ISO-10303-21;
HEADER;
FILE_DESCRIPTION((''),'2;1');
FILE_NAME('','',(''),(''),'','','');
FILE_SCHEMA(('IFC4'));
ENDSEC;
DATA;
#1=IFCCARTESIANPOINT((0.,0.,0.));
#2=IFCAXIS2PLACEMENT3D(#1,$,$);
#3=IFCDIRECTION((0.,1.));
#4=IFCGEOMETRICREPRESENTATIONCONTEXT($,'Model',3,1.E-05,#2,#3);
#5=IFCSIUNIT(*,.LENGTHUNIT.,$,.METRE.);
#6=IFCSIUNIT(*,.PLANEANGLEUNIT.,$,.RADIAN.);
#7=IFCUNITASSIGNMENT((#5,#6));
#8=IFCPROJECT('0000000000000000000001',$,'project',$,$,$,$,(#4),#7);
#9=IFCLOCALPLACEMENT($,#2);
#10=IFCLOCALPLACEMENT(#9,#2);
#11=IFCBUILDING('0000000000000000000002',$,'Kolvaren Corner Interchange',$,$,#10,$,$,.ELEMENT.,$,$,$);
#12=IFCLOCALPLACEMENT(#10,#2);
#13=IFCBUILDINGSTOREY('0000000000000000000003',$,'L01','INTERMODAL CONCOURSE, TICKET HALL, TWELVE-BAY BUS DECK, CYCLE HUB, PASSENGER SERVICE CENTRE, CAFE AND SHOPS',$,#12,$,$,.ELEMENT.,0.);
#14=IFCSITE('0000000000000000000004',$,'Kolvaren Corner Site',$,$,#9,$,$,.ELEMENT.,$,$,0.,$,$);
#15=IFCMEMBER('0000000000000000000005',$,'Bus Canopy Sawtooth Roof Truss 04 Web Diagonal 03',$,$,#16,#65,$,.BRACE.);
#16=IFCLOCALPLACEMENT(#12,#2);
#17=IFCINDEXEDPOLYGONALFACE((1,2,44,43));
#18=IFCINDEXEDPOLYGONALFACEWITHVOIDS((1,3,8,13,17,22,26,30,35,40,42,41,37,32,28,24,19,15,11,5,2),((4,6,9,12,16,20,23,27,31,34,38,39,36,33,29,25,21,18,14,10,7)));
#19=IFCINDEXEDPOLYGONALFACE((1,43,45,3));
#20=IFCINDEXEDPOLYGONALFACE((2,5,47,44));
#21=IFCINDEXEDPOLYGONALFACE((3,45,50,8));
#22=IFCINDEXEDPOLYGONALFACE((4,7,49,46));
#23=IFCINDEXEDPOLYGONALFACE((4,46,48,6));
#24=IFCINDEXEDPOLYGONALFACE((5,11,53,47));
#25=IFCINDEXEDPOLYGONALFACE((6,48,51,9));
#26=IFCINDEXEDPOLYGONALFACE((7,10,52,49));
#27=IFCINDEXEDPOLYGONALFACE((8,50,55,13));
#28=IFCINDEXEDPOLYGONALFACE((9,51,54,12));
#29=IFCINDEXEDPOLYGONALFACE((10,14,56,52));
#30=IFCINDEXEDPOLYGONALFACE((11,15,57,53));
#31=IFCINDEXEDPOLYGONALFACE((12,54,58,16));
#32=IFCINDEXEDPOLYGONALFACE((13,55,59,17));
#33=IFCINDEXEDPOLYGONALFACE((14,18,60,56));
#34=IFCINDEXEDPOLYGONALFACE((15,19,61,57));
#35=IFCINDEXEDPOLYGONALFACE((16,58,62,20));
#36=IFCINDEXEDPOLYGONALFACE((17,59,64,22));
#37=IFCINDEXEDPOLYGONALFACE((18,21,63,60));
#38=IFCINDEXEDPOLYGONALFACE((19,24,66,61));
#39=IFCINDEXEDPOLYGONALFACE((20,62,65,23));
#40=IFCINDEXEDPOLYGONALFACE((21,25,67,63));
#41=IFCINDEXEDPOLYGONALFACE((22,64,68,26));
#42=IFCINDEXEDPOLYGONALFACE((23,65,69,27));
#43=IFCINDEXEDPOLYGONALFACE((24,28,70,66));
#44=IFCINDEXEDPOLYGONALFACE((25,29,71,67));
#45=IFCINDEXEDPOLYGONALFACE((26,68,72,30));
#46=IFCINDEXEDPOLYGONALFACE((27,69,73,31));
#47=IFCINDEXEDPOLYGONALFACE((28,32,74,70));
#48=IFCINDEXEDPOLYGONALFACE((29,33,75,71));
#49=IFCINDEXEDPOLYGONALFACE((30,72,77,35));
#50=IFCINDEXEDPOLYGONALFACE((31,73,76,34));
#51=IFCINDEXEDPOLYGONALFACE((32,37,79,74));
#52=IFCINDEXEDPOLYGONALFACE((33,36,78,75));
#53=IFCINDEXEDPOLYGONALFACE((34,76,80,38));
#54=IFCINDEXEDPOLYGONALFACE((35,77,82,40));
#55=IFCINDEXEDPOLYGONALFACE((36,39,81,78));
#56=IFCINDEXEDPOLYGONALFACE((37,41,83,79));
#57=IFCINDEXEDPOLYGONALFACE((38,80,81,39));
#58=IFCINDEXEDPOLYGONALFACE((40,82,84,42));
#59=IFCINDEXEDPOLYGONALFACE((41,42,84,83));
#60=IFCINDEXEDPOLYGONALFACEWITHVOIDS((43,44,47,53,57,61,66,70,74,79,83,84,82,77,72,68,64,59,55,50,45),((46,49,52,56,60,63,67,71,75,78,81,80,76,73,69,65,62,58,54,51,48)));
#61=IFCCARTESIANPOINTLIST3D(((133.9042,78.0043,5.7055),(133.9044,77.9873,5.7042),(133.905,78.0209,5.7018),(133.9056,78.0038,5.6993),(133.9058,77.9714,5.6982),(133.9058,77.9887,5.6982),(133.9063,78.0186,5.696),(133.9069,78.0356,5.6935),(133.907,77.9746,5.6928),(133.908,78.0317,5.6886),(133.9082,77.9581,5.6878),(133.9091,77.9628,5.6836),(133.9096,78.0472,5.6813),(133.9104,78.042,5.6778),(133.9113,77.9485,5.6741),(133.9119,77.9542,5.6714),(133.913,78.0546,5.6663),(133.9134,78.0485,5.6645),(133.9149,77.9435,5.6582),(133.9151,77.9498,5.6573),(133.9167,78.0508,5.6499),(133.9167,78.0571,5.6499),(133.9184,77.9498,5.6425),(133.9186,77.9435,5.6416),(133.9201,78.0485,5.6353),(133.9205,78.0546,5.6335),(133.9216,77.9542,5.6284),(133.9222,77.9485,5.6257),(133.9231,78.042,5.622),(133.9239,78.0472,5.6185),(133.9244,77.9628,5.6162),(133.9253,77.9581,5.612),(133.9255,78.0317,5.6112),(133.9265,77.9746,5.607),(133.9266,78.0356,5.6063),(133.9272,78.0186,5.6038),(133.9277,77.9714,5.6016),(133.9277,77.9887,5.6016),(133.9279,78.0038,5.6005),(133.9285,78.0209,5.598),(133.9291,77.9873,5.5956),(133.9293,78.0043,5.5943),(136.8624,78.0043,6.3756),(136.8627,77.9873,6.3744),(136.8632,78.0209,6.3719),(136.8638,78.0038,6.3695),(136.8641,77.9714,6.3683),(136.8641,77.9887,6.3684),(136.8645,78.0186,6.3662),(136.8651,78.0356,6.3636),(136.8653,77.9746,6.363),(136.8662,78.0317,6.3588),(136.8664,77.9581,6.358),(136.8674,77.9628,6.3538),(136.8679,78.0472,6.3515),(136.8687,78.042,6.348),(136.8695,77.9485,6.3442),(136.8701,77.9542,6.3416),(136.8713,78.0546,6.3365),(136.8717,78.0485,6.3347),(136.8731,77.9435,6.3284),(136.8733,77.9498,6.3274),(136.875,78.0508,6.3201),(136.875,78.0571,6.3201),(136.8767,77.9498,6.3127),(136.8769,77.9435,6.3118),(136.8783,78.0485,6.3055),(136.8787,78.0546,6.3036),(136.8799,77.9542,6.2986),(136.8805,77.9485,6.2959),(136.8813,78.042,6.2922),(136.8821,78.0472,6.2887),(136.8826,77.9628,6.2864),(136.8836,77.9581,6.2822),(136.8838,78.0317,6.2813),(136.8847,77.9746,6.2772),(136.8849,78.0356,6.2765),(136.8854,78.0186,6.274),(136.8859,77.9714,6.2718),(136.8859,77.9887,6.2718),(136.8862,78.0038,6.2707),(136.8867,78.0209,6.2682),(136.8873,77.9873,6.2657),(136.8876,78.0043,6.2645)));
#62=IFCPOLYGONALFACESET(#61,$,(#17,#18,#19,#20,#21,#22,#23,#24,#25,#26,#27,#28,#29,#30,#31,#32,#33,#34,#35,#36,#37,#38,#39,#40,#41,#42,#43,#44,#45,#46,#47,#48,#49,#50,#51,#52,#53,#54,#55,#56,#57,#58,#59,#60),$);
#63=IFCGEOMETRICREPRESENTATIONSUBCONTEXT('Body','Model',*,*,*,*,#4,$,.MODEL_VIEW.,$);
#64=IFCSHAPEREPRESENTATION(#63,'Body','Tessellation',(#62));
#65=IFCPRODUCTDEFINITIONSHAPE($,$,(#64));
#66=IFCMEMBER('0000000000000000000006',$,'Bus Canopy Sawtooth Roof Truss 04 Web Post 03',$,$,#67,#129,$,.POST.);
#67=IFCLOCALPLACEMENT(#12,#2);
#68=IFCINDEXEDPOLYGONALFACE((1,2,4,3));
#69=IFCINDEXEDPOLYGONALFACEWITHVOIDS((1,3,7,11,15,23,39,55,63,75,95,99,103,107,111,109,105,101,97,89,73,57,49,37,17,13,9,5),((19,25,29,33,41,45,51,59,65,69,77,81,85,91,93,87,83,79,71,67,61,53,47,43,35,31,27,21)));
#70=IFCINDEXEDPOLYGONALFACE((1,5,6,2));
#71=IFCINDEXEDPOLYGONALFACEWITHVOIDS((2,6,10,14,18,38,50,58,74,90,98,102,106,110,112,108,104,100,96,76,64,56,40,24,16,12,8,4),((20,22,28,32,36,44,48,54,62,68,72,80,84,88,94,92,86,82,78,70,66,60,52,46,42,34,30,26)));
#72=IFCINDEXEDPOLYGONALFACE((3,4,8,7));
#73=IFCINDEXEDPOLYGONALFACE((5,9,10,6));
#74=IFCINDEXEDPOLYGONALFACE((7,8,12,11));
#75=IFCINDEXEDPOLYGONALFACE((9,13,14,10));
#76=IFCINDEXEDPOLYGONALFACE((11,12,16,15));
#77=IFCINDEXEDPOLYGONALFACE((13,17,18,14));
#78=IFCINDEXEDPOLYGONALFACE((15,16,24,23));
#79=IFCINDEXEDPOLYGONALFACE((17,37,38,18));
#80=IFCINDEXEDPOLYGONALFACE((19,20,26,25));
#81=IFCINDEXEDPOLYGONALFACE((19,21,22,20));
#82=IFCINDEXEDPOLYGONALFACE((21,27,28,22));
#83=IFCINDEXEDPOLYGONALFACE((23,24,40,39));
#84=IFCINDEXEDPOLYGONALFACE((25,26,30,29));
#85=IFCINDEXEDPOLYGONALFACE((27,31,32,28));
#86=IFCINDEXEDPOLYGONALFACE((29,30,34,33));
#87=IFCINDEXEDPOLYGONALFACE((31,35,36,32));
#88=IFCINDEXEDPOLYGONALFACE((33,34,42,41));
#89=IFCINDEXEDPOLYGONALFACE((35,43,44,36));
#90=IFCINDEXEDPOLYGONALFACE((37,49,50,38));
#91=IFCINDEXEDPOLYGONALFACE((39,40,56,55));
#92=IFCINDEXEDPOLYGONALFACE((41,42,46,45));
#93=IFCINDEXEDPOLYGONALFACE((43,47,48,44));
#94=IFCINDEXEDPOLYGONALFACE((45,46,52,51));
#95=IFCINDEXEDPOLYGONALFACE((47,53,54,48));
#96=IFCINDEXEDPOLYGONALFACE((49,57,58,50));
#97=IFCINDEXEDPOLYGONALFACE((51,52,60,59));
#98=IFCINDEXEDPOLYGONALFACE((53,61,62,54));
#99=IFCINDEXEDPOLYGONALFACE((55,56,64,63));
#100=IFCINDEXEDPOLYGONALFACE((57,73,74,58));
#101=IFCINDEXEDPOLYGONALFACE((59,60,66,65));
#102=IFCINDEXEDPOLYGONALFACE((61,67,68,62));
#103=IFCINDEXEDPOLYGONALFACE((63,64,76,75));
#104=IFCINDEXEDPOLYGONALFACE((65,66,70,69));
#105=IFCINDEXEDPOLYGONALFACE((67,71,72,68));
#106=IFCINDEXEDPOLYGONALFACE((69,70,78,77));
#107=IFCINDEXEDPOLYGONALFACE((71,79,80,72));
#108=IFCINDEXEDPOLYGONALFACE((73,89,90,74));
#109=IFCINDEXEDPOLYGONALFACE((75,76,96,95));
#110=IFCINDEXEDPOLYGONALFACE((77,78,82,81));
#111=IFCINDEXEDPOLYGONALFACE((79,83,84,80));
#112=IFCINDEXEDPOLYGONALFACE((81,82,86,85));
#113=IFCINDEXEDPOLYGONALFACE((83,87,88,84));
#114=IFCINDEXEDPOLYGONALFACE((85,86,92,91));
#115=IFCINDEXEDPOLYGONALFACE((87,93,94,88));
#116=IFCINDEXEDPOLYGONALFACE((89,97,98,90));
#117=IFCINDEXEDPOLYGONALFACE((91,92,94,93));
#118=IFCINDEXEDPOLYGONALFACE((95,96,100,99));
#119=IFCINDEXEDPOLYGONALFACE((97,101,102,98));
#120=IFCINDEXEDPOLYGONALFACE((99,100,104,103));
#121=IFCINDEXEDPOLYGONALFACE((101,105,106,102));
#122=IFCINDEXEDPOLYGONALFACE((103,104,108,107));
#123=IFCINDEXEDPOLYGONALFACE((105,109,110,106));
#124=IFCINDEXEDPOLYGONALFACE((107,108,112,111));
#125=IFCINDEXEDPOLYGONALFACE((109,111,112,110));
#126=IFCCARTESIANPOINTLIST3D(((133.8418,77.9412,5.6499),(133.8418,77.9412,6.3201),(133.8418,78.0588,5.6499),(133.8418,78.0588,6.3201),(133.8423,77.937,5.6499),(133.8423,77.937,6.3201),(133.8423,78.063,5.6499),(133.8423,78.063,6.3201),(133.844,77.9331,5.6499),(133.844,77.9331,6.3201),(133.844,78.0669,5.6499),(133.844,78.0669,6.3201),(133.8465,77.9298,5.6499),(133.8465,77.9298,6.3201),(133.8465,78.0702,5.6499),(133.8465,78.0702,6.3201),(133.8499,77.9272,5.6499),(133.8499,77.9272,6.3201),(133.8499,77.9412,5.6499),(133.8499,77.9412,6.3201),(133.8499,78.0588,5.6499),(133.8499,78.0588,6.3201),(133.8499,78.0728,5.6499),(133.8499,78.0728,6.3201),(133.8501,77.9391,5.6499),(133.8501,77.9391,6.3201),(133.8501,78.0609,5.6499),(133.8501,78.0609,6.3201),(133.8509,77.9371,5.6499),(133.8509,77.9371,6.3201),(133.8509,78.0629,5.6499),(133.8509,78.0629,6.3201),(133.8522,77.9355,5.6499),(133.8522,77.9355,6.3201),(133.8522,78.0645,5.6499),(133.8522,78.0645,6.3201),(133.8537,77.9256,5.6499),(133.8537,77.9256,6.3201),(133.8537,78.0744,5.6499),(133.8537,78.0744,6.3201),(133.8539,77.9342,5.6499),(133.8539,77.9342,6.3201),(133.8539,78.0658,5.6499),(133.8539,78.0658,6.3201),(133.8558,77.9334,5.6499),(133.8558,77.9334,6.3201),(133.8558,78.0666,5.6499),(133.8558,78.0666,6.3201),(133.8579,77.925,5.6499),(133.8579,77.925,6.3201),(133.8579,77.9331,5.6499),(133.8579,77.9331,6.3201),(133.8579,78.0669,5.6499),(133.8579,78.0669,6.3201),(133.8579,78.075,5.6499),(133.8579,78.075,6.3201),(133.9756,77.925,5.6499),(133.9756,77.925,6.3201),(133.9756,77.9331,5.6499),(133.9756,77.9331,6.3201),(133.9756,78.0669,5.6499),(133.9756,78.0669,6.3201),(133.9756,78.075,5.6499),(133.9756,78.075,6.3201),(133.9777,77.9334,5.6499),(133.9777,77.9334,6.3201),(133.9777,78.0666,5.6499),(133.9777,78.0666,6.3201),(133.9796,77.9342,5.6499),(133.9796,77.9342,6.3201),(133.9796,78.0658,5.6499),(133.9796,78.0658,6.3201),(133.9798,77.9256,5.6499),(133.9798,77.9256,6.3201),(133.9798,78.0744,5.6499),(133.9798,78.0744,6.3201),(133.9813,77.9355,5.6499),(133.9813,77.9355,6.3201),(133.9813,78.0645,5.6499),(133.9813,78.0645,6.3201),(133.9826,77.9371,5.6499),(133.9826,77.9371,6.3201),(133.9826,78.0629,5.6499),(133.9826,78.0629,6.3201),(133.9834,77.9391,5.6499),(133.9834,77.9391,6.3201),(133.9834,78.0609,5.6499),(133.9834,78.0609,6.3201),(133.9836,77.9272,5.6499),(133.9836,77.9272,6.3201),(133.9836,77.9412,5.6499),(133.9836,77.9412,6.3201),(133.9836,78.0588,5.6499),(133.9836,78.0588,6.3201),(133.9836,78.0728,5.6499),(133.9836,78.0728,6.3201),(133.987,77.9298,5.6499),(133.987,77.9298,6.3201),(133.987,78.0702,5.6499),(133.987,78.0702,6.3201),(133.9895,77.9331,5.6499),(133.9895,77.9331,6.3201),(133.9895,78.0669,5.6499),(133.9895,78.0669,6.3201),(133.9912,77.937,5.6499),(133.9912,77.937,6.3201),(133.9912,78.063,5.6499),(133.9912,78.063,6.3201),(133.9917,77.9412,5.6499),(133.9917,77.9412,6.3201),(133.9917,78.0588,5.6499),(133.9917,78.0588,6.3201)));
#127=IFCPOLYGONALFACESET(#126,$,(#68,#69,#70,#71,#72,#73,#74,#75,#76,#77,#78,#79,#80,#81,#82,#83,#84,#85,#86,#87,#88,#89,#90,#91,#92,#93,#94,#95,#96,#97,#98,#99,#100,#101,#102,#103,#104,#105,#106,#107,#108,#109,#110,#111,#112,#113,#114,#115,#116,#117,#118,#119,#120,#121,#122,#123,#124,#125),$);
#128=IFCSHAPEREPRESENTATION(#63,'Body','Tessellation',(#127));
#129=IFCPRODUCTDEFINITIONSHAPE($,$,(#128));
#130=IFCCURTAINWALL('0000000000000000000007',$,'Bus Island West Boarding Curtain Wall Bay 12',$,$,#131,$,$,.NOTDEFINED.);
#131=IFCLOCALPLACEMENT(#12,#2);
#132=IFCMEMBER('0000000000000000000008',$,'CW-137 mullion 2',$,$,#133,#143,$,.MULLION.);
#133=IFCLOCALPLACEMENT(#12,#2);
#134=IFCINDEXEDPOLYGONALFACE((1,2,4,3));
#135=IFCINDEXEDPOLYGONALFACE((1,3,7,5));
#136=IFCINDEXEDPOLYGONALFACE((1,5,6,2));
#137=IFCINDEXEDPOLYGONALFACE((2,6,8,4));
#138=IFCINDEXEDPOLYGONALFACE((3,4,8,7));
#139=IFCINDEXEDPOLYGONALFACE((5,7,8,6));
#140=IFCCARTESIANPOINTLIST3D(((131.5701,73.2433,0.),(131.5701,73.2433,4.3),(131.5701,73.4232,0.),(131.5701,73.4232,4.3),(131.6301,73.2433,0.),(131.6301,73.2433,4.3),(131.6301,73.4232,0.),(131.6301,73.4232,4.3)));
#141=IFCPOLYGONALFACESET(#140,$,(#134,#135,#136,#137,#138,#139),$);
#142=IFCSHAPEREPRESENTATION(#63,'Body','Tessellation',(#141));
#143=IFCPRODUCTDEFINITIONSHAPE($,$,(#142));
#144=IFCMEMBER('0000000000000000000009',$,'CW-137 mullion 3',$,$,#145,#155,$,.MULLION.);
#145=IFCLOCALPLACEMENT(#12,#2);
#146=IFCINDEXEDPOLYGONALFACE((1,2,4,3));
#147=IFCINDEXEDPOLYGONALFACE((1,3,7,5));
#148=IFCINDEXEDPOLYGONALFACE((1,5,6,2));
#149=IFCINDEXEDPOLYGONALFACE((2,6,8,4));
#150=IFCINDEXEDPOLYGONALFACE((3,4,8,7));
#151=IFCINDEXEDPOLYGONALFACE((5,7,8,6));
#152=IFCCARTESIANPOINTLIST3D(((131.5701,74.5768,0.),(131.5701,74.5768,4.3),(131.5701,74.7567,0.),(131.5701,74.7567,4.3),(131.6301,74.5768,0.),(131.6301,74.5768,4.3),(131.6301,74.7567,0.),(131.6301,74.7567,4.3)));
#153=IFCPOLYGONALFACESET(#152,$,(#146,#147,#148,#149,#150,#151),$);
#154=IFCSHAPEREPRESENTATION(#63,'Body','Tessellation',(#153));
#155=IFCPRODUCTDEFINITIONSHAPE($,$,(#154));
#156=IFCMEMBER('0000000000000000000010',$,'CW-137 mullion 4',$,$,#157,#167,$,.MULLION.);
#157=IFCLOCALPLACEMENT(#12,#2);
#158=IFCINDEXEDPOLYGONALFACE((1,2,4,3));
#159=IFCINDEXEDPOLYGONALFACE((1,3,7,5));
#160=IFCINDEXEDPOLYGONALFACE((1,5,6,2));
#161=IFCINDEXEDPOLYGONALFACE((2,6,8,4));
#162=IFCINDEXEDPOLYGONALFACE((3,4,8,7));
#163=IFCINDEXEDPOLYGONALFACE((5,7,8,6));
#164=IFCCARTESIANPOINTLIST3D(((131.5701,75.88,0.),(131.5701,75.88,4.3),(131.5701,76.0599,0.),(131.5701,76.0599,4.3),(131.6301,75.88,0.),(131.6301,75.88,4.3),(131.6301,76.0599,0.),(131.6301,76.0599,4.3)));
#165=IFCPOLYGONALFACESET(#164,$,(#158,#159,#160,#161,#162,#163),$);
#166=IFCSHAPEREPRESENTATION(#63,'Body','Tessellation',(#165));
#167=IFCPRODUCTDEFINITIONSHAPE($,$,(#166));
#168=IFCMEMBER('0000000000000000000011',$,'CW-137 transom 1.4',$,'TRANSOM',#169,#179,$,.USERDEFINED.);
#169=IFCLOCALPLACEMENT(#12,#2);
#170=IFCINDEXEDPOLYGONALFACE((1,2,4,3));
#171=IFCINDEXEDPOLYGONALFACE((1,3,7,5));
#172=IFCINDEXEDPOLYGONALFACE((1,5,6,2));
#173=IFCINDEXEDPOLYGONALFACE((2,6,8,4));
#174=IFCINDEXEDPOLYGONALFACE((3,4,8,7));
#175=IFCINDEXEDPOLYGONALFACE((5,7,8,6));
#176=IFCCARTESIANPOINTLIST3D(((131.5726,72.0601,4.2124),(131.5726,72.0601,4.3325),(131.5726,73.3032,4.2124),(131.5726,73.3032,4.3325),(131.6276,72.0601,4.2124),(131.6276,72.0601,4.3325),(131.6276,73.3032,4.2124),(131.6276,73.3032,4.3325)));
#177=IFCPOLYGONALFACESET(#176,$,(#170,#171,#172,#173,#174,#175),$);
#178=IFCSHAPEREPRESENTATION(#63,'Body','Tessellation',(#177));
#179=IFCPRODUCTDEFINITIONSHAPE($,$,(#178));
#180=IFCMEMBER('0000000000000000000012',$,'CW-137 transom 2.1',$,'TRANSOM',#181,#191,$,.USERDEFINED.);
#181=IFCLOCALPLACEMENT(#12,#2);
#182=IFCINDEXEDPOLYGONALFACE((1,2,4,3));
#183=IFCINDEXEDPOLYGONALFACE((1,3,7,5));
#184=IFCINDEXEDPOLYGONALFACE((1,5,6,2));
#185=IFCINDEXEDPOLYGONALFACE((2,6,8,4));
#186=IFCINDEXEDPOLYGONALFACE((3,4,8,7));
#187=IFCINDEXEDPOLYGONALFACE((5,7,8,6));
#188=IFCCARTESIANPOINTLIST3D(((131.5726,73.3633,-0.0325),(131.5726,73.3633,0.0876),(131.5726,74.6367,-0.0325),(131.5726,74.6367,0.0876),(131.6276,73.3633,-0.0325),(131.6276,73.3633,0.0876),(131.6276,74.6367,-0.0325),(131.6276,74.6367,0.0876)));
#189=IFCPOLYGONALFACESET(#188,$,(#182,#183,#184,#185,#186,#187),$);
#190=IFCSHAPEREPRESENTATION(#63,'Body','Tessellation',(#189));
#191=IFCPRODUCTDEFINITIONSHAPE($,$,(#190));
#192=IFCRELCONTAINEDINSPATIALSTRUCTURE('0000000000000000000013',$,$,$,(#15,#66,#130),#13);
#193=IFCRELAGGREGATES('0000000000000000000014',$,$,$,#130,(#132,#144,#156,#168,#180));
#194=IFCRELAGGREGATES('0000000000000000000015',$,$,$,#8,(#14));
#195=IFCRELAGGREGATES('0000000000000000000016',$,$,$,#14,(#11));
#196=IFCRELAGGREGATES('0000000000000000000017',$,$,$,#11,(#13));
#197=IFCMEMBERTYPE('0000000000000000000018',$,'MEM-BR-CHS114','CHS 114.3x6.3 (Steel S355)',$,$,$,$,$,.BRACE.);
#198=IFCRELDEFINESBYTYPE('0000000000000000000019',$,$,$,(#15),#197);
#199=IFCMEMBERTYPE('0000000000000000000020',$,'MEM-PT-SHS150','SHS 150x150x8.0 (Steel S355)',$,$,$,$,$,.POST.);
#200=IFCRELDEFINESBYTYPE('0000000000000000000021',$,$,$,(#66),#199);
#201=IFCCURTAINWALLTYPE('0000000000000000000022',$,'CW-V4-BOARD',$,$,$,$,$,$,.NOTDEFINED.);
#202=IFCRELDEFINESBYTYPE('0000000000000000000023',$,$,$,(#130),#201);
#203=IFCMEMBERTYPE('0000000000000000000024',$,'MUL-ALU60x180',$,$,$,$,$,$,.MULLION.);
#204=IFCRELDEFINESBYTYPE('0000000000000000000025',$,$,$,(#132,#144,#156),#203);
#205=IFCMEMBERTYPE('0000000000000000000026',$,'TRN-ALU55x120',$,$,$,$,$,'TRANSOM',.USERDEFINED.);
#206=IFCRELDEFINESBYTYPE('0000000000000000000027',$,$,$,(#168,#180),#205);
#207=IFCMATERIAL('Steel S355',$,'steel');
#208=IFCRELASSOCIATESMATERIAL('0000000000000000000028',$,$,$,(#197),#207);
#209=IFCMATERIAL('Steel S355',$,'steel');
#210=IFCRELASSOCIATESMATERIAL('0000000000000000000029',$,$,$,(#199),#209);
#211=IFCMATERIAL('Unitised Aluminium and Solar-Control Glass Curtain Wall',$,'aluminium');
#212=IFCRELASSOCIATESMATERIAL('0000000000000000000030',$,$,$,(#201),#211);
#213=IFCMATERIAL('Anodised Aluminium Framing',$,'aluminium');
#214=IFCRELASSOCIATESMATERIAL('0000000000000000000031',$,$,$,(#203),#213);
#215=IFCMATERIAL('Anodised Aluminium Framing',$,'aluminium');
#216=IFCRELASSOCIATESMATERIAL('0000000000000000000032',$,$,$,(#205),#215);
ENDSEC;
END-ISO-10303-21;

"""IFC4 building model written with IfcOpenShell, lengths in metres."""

from ifc_helpers import new_model, si_unit, direction, frame, origin, origin_2d, place, context, subcontext, project, spatial, rectangle, hollow_rectangle, hollow_circle, extrude, material, material_profile, profile_set, type_object, element, aggregate, save


model = new_model("IFC4")

# Units and contexts
model_context = context("Model", 3, precision=1e-05, world=origin(), true_north=direction((0.0, 1.0)))
body_context = subcontext(model_context, "Body", "Model", "MODEL_VIEW")
ifc_project = project(units=[si_unit("LENGTHUNIT", "METRE"), si_unit("PLANEANGLEUNIT", "RADIAN")], contexts=[model_context])

# Site, building, storey
site_placement = place(None, origin())
site = spatial("IfcSite", under=ifc_project, at=site_placement, Name="Kolvaren Corner Site", CompositionType="ELEMENT", RefElevation=0.0)
building_placement = place(site_placement, origin())
building = spatial("IfcBuilding", under=site, at=building_placement, Name="Kolvaren Corner Interchange", CompositionType="ELEMENT")
storey_placement = place(building_placement, origin())
storey = spatial("IfcBuildingStorey", under=building, at=storey_placement, Name="L01", Description="INTERMODAL CONCOURSE, TICKET HALL, TWELVE-BAY BUS DECK, CYCLE HUB, PASSENGER SERVICE CENTRE, CAFE AND SHOPS", CompositionType="ELEMENT", Elevation=0.0)

# Members
ifc_material_1 = material(Name="Steel S355", Category="steel")
ifc_material_profile_1 = material_profile(ifc_material_1, hollow_circle(Radius=0.0571, WallThickness=0.0063, at=origin_2d()), Name="CHS 114.3x6.3")
ifc_profile_set_1 = profile_set([ifc_material_profile_1], Name="Steel S355")
member_type_1 = type_object("IfcMemberType", Name="MEM-BR-CHS114", Description="CHS 114.3x6.3 (Steel S355)", PredefinedType="BRACE", material=ifc_profile_set_1)
member_1_placement = place(storey_placement, frame((133.9167, 78.0, 5.6499), z_axis=(0.975287, 0.0, 0.220943), x_axis=(0.0, 1.0, 0.0)))
element("IfcMember", 1, at=member_1_placement, inside=storey, type_object=member_type_1, Name="Bus Canopy Sawtooth Roof Truss 04 Web Diagonal 03", PredefinedType="BRACE", context=body_context, shape_type="SweptSolid", body=[
    extrude(hollow_circle(Radius=0.0571, WallThickness=0.0063, at=origin_2d()), origin(), (0.0, 0.0, 1.0), 3.0332),
])
ifc_material_2 = material(Name="Steel S355", Category="steel")
ifc_material_profile_2 = material_profile(ifc_material_2, hollow_rectangle(XDim=0.1499, YDim=0.1499, WallThickness=0.0081, InnerFilletRadius=0.0081, OuterFilletRadius=0.0161, at=origin_2d()), Name="SHS 150x150x8.0")
ifc_profile_set_2 = profile_set([ifc_material_profile_2], Name="Steel S355")
member_type_2 = type_object("IfcMemberType", Name="MEM-PT-SHS150", Description="SHS 150x150x8.0 (Steel S355)", PredefinedType="POST", material=ifc_profile_set_2)
member_2_placement = place(storey_placement, frame((133.9167, 78.0, 5.6499), z_axis=(0.0, 0.0, 1.0), x_axis=(1.0, 0.0, 0.0)))
element("IfcMember", 2, at=member_2_placement, inside=storey, type_object=member_type_2, Name="Bus Canopy Sawtooth Roof Truss 04 Web Post 03", PredefinedType="POST", context=body_context, shape_type="SweptSolid", body=[
    extrude(hollow_rectangle(XDim=0.1499, YDim=0.1499, WallThickness=0.0081, InnerFilletRadius=0.0081, OuterFilletRadius=0.0161, at=origin_2d()), origin(), (0.0, 0.0, 1.0), 0.6702),
])

# Curtain wall, members
ifc_material_3 = material(Name="Unitised Aluminium and Solar-Control Glass Curtain Wall", Category="aluminium")
curtain_wall_type = type_object("IfcCurtainWallType", Name="CW-V4-BOARD", PredefinedType="NOTDEFINED", material=ifc_material_3)
curtain_wall_placement = place(storey_placement, origin())
curtain_wall = element("IfcCurtainWall", 3, at=curtain_wall_placement, inside=storey, type_object=curtain_wall_type, Name="Bus Island West Boarding Curtain Wall Bay 12", PredefinedType="NOTDEFINED")
ifc_material_4 = material(Name="Anodised Aluminium Framing", Category="aluminium")
ifc_material_profile_3 = material_profile(ifc_material_4, rectangle(XDim=0.0601, YDim=0.1799, at=origin_2d()), Name="ALU 60x180")
ifc_profile_set_3 = profile_set([ifc_material_profile_3], Name="Anodised Aluminium Framing")
member_type_3 = type_object("IfcMemberType", Name="MUL-ALU60x180", PredefinedType="MULLION", material=ifc_profile_set_3)
member_3_placement = place(storey_placement, frame((131.6001, 73.3333, 0.0), z_axis=(0.0, 0.0, 1.0), x_axis=(-1.0, 0.0, 0.0)))
member_3 = element("IfcMember", 4, at=member_3_placement, type_object=member_type_3, Name="CW-137 mullion 2", PredefinedType="MULLION", context=body_context, shape_type="SweptSolid", body=[
    extrude(rectangle(XDim=0.0601, YDim=0.1799, at=origin_2d()), origin(), (0.0, 0.0, 1.0), 4.3),
])
member_4_placement = place(storey_placement, frame((131.6001, 74.6667, 0.0), z_axis=(0.0, 0.0, 1.0), x_axis=(-1.0, 0.0, 0.0)))
member_4 = element("IfcMember", 5, at=member_4_placement, type_object=member_type_3, Name="CW-137 mullion 3", PredefinedType="MULLION", context=body_context, shape_type="SweptSolid", body=[
    extrude(rectangle(XDim=0.0601, YDim=0.1799, at=origin_2d()), origin(), (0.0, 0.0, 1.0), 4.3),
])
member_5_placement = place(storey_placement, frame((131.6001, 75.97, 0.0), z_axis=(0.0, 0.0, 1.0), x_axis=(-1.0, 0.0, 0.0)))
member_5 = element("IfcMember", 6, at=member_5_placement, type_object=member_type_3, Name="CW-137 mullion 4", PredefinedType="MULLION", context=body_context, shape_type="SweptSolid", body=[
    extrude(rectangle(XDim=0.0601, YDim=0.1799, at=origin_2d()), origin(), (0.0, 0.0, 1.0), 4.3),
])
ifc_material_5 = material(Name="Anodised Aluminium Framing", Category="aluminium")
ifc_material_profile_4 = material_profile(ifc_material_5, rectangle(XDim=0.0549, YDim=0.1201, at=origin_2d()), Name="ALU 55x120")
ifc_profile_set_4 = profile_set([ifc_material_profile_4], Name="Anodised Aluminium Framing")
member_type_4 = type_object("IfcMemberType", Name="TRN-ALU55x120", ElementType="TRANSOM", PredefinedType="USERDEFINED", material=ifc_profile_set_4)
member_6_placement = place(storey_placement, frame((131.6001, 72.0601, 4.2725), z_axis=(0.0, 1.0, 0.0), x_axis=(-1.0, 0.0, 0.0)))
member_6 = element("IfcMember", 7, at=member_6_placement, type_object=member_type_4, Name="CW-137 transom 1.4", ObjectType="TRANSOM", PredefinedType="USERDEFINED", context=body_context, shape_type="SweptSolid", body=[
    extrude(rectangle(XDim=0.0549, YDim=0.1201, at=origin_2d()), origin(), (0.0, 0.0, 1.0), 1.2432),
])
member_7_placement = place(storey_placement, frame((131.6001, 73.3633, 0.0276), z_axis=(0.0, 1.0, 0.0), x_axis=(-1.0, 0.0, 0.0)))
member_7 = element("IfcMember", 8, at=member_7_placement, type_object=member_type_4, Name="CW-137 transom 2.1", ObjectType="TRANSOM", PredefinedType="USERDEFINED", context=body_context, shape_type="SweptSolid", body=[
    extrude(rectangle(XDim=0.0549, YDim=0.1201, at=origin_2d()), origin(), (0.0, 0.0, 1.0), 1.2734),
])
aggregate(curtain_wall, [member_3, member_4, member_5, member_6, member_7])

save(model, "model.ifc")
